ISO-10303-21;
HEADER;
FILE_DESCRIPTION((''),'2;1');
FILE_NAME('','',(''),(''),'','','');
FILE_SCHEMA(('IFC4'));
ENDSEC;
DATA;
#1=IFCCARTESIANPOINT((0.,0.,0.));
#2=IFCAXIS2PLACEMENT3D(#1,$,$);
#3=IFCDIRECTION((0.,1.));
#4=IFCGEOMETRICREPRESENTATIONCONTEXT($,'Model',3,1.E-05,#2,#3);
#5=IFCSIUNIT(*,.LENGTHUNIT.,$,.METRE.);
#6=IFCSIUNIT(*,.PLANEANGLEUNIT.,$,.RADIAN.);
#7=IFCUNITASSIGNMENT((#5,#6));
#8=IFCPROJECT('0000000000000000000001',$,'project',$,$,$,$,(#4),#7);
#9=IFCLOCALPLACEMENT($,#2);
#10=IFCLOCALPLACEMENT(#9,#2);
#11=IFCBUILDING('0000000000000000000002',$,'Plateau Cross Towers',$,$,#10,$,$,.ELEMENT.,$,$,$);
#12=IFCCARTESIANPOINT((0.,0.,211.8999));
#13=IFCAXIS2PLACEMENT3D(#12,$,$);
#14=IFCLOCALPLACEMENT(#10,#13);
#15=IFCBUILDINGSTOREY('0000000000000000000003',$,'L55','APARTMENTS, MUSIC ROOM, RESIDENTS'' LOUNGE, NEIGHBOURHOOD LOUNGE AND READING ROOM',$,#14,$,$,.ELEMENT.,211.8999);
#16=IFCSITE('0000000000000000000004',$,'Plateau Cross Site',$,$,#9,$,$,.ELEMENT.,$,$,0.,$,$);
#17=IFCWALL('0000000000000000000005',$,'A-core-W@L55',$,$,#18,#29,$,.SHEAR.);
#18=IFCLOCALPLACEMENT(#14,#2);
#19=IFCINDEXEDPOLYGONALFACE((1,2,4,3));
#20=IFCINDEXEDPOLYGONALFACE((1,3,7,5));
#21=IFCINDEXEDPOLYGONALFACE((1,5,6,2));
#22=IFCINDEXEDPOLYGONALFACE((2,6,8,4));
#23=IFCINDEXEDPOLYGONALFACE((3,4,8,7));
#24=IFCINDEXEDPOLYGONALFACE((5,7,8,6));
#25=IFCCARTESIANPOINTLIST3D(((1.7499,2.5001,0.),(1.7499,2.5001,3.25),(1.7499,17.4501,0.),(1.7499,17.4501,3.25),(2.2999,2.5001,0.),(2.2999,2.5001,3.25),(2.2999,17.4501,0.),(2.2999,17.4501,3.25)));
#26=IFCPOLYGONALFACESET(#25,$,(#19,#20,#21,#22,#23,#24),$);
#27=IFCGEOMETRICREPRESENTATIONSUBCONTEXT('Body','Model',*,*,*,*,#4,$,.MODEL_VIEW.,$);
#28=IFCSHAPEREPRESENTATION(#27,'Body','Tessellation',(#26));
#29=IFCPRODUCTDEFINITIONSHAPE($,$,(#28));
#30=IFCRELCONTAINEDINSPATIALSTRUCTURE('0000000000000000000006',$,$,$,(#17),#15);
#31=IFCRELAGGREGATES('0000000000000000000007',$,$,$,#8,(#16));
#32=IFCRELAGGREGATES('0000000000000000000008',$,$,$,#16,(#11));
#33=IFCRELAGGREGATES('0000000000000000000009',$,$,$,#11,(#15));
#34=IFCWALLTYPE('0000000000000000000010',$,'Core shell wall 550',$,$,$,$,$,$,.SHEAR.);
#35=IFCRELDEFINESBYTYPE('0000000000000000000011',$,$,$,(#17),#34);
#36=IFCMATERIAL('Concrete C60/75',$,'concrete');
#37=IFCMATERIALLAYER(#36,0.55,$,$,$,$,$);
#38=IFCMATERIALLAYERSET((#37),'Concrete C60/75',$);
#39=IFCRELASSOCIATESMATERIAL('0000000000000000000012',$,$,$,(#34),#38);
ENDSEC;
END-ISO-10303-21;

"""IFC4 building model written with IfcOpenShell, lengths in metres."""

from ifc_helpers import new_model, si_unit, direction, frame, frame_2d, origin, place, context, subcontext, project, spatial, rectangle, extrude, material, layer, layer_set, type_object, element, save


model = new_model("IFC4")

# Units and contexts
model_context = context("Model", 3, precision=1e-05, world=origin(), true_north=direction((0.0, 1.0)))
body_context = subcontext(model_context, "Body", "Model", "MODEL_VIEW")
ifc_project = project(units=[si_unit("LENGTHUNIT", "METRE"), si_unit("PLANEANGLEUNIT", "RADIAN")], contexts=[model_context])

# Site, building, storey
site_placement = place(None, origin())
site = spatial("IfcSite", under=ifc_project, at=site_placement, Name="Plateau Cross Site", CompositionType="ELEMENT", RefElevation=0.0)
building_placement = place(site_placement, origin())
building = spatial("IfcBuilding", under=site, at=building_placement, Name="Plateau Cross Towers", CompositionType="ELEMENT")
storey_placement = place(building_placement, frame((0.0, 0.0, 211.8999)))
storey = spatial("IfcBuildingStorey", under=building, at=storey_placement, Name="L55", Description="APARTMENTS, MUSIC ROOM, RESIDENTS' LOUNGE, NEIGHBOURHOOD LOUNGE AND READING ROOM", CompositionType="ELEMENT", Elevation=211.8999)

# Shared definitions
ifc_material_1 = material(Name="Concrete C60/75", Category="concrete")

# Wall
ifc_layer_1 = layer(ifc_material_1, 0.55)
ifc_layer_set_1 = layer_set([ifc_layer_1], Name="Concrete C60/75")
wall_type_1 = type_object("IfcWallType", Name="Core shell wall 550", PredefinedType="SHEAR", material=ifc_layer_set_1)
wall_1_placement = place(storey_placement, frame((2.0249, 2.5, 0.0), z_axis=(0.0, 0.0, 1.0), x_axis=(0.0, 1.0, 0.0)))
element("IfcWall", 1, at=wall_1_placement, inside=storey, type_object=wall_type_1, Name="A-core-W@L55", PredefinedType="SHEAR", context=body_context, shape_type="SweptSolid", body=[
    extrude(rectangle(XDim=14.95, YDim=0.55, at=frame_2d((7.4751, 0.0))), origin(), (0.0, 0.0, 1.0), 3.25),
])

save(model, "model.ifc")
